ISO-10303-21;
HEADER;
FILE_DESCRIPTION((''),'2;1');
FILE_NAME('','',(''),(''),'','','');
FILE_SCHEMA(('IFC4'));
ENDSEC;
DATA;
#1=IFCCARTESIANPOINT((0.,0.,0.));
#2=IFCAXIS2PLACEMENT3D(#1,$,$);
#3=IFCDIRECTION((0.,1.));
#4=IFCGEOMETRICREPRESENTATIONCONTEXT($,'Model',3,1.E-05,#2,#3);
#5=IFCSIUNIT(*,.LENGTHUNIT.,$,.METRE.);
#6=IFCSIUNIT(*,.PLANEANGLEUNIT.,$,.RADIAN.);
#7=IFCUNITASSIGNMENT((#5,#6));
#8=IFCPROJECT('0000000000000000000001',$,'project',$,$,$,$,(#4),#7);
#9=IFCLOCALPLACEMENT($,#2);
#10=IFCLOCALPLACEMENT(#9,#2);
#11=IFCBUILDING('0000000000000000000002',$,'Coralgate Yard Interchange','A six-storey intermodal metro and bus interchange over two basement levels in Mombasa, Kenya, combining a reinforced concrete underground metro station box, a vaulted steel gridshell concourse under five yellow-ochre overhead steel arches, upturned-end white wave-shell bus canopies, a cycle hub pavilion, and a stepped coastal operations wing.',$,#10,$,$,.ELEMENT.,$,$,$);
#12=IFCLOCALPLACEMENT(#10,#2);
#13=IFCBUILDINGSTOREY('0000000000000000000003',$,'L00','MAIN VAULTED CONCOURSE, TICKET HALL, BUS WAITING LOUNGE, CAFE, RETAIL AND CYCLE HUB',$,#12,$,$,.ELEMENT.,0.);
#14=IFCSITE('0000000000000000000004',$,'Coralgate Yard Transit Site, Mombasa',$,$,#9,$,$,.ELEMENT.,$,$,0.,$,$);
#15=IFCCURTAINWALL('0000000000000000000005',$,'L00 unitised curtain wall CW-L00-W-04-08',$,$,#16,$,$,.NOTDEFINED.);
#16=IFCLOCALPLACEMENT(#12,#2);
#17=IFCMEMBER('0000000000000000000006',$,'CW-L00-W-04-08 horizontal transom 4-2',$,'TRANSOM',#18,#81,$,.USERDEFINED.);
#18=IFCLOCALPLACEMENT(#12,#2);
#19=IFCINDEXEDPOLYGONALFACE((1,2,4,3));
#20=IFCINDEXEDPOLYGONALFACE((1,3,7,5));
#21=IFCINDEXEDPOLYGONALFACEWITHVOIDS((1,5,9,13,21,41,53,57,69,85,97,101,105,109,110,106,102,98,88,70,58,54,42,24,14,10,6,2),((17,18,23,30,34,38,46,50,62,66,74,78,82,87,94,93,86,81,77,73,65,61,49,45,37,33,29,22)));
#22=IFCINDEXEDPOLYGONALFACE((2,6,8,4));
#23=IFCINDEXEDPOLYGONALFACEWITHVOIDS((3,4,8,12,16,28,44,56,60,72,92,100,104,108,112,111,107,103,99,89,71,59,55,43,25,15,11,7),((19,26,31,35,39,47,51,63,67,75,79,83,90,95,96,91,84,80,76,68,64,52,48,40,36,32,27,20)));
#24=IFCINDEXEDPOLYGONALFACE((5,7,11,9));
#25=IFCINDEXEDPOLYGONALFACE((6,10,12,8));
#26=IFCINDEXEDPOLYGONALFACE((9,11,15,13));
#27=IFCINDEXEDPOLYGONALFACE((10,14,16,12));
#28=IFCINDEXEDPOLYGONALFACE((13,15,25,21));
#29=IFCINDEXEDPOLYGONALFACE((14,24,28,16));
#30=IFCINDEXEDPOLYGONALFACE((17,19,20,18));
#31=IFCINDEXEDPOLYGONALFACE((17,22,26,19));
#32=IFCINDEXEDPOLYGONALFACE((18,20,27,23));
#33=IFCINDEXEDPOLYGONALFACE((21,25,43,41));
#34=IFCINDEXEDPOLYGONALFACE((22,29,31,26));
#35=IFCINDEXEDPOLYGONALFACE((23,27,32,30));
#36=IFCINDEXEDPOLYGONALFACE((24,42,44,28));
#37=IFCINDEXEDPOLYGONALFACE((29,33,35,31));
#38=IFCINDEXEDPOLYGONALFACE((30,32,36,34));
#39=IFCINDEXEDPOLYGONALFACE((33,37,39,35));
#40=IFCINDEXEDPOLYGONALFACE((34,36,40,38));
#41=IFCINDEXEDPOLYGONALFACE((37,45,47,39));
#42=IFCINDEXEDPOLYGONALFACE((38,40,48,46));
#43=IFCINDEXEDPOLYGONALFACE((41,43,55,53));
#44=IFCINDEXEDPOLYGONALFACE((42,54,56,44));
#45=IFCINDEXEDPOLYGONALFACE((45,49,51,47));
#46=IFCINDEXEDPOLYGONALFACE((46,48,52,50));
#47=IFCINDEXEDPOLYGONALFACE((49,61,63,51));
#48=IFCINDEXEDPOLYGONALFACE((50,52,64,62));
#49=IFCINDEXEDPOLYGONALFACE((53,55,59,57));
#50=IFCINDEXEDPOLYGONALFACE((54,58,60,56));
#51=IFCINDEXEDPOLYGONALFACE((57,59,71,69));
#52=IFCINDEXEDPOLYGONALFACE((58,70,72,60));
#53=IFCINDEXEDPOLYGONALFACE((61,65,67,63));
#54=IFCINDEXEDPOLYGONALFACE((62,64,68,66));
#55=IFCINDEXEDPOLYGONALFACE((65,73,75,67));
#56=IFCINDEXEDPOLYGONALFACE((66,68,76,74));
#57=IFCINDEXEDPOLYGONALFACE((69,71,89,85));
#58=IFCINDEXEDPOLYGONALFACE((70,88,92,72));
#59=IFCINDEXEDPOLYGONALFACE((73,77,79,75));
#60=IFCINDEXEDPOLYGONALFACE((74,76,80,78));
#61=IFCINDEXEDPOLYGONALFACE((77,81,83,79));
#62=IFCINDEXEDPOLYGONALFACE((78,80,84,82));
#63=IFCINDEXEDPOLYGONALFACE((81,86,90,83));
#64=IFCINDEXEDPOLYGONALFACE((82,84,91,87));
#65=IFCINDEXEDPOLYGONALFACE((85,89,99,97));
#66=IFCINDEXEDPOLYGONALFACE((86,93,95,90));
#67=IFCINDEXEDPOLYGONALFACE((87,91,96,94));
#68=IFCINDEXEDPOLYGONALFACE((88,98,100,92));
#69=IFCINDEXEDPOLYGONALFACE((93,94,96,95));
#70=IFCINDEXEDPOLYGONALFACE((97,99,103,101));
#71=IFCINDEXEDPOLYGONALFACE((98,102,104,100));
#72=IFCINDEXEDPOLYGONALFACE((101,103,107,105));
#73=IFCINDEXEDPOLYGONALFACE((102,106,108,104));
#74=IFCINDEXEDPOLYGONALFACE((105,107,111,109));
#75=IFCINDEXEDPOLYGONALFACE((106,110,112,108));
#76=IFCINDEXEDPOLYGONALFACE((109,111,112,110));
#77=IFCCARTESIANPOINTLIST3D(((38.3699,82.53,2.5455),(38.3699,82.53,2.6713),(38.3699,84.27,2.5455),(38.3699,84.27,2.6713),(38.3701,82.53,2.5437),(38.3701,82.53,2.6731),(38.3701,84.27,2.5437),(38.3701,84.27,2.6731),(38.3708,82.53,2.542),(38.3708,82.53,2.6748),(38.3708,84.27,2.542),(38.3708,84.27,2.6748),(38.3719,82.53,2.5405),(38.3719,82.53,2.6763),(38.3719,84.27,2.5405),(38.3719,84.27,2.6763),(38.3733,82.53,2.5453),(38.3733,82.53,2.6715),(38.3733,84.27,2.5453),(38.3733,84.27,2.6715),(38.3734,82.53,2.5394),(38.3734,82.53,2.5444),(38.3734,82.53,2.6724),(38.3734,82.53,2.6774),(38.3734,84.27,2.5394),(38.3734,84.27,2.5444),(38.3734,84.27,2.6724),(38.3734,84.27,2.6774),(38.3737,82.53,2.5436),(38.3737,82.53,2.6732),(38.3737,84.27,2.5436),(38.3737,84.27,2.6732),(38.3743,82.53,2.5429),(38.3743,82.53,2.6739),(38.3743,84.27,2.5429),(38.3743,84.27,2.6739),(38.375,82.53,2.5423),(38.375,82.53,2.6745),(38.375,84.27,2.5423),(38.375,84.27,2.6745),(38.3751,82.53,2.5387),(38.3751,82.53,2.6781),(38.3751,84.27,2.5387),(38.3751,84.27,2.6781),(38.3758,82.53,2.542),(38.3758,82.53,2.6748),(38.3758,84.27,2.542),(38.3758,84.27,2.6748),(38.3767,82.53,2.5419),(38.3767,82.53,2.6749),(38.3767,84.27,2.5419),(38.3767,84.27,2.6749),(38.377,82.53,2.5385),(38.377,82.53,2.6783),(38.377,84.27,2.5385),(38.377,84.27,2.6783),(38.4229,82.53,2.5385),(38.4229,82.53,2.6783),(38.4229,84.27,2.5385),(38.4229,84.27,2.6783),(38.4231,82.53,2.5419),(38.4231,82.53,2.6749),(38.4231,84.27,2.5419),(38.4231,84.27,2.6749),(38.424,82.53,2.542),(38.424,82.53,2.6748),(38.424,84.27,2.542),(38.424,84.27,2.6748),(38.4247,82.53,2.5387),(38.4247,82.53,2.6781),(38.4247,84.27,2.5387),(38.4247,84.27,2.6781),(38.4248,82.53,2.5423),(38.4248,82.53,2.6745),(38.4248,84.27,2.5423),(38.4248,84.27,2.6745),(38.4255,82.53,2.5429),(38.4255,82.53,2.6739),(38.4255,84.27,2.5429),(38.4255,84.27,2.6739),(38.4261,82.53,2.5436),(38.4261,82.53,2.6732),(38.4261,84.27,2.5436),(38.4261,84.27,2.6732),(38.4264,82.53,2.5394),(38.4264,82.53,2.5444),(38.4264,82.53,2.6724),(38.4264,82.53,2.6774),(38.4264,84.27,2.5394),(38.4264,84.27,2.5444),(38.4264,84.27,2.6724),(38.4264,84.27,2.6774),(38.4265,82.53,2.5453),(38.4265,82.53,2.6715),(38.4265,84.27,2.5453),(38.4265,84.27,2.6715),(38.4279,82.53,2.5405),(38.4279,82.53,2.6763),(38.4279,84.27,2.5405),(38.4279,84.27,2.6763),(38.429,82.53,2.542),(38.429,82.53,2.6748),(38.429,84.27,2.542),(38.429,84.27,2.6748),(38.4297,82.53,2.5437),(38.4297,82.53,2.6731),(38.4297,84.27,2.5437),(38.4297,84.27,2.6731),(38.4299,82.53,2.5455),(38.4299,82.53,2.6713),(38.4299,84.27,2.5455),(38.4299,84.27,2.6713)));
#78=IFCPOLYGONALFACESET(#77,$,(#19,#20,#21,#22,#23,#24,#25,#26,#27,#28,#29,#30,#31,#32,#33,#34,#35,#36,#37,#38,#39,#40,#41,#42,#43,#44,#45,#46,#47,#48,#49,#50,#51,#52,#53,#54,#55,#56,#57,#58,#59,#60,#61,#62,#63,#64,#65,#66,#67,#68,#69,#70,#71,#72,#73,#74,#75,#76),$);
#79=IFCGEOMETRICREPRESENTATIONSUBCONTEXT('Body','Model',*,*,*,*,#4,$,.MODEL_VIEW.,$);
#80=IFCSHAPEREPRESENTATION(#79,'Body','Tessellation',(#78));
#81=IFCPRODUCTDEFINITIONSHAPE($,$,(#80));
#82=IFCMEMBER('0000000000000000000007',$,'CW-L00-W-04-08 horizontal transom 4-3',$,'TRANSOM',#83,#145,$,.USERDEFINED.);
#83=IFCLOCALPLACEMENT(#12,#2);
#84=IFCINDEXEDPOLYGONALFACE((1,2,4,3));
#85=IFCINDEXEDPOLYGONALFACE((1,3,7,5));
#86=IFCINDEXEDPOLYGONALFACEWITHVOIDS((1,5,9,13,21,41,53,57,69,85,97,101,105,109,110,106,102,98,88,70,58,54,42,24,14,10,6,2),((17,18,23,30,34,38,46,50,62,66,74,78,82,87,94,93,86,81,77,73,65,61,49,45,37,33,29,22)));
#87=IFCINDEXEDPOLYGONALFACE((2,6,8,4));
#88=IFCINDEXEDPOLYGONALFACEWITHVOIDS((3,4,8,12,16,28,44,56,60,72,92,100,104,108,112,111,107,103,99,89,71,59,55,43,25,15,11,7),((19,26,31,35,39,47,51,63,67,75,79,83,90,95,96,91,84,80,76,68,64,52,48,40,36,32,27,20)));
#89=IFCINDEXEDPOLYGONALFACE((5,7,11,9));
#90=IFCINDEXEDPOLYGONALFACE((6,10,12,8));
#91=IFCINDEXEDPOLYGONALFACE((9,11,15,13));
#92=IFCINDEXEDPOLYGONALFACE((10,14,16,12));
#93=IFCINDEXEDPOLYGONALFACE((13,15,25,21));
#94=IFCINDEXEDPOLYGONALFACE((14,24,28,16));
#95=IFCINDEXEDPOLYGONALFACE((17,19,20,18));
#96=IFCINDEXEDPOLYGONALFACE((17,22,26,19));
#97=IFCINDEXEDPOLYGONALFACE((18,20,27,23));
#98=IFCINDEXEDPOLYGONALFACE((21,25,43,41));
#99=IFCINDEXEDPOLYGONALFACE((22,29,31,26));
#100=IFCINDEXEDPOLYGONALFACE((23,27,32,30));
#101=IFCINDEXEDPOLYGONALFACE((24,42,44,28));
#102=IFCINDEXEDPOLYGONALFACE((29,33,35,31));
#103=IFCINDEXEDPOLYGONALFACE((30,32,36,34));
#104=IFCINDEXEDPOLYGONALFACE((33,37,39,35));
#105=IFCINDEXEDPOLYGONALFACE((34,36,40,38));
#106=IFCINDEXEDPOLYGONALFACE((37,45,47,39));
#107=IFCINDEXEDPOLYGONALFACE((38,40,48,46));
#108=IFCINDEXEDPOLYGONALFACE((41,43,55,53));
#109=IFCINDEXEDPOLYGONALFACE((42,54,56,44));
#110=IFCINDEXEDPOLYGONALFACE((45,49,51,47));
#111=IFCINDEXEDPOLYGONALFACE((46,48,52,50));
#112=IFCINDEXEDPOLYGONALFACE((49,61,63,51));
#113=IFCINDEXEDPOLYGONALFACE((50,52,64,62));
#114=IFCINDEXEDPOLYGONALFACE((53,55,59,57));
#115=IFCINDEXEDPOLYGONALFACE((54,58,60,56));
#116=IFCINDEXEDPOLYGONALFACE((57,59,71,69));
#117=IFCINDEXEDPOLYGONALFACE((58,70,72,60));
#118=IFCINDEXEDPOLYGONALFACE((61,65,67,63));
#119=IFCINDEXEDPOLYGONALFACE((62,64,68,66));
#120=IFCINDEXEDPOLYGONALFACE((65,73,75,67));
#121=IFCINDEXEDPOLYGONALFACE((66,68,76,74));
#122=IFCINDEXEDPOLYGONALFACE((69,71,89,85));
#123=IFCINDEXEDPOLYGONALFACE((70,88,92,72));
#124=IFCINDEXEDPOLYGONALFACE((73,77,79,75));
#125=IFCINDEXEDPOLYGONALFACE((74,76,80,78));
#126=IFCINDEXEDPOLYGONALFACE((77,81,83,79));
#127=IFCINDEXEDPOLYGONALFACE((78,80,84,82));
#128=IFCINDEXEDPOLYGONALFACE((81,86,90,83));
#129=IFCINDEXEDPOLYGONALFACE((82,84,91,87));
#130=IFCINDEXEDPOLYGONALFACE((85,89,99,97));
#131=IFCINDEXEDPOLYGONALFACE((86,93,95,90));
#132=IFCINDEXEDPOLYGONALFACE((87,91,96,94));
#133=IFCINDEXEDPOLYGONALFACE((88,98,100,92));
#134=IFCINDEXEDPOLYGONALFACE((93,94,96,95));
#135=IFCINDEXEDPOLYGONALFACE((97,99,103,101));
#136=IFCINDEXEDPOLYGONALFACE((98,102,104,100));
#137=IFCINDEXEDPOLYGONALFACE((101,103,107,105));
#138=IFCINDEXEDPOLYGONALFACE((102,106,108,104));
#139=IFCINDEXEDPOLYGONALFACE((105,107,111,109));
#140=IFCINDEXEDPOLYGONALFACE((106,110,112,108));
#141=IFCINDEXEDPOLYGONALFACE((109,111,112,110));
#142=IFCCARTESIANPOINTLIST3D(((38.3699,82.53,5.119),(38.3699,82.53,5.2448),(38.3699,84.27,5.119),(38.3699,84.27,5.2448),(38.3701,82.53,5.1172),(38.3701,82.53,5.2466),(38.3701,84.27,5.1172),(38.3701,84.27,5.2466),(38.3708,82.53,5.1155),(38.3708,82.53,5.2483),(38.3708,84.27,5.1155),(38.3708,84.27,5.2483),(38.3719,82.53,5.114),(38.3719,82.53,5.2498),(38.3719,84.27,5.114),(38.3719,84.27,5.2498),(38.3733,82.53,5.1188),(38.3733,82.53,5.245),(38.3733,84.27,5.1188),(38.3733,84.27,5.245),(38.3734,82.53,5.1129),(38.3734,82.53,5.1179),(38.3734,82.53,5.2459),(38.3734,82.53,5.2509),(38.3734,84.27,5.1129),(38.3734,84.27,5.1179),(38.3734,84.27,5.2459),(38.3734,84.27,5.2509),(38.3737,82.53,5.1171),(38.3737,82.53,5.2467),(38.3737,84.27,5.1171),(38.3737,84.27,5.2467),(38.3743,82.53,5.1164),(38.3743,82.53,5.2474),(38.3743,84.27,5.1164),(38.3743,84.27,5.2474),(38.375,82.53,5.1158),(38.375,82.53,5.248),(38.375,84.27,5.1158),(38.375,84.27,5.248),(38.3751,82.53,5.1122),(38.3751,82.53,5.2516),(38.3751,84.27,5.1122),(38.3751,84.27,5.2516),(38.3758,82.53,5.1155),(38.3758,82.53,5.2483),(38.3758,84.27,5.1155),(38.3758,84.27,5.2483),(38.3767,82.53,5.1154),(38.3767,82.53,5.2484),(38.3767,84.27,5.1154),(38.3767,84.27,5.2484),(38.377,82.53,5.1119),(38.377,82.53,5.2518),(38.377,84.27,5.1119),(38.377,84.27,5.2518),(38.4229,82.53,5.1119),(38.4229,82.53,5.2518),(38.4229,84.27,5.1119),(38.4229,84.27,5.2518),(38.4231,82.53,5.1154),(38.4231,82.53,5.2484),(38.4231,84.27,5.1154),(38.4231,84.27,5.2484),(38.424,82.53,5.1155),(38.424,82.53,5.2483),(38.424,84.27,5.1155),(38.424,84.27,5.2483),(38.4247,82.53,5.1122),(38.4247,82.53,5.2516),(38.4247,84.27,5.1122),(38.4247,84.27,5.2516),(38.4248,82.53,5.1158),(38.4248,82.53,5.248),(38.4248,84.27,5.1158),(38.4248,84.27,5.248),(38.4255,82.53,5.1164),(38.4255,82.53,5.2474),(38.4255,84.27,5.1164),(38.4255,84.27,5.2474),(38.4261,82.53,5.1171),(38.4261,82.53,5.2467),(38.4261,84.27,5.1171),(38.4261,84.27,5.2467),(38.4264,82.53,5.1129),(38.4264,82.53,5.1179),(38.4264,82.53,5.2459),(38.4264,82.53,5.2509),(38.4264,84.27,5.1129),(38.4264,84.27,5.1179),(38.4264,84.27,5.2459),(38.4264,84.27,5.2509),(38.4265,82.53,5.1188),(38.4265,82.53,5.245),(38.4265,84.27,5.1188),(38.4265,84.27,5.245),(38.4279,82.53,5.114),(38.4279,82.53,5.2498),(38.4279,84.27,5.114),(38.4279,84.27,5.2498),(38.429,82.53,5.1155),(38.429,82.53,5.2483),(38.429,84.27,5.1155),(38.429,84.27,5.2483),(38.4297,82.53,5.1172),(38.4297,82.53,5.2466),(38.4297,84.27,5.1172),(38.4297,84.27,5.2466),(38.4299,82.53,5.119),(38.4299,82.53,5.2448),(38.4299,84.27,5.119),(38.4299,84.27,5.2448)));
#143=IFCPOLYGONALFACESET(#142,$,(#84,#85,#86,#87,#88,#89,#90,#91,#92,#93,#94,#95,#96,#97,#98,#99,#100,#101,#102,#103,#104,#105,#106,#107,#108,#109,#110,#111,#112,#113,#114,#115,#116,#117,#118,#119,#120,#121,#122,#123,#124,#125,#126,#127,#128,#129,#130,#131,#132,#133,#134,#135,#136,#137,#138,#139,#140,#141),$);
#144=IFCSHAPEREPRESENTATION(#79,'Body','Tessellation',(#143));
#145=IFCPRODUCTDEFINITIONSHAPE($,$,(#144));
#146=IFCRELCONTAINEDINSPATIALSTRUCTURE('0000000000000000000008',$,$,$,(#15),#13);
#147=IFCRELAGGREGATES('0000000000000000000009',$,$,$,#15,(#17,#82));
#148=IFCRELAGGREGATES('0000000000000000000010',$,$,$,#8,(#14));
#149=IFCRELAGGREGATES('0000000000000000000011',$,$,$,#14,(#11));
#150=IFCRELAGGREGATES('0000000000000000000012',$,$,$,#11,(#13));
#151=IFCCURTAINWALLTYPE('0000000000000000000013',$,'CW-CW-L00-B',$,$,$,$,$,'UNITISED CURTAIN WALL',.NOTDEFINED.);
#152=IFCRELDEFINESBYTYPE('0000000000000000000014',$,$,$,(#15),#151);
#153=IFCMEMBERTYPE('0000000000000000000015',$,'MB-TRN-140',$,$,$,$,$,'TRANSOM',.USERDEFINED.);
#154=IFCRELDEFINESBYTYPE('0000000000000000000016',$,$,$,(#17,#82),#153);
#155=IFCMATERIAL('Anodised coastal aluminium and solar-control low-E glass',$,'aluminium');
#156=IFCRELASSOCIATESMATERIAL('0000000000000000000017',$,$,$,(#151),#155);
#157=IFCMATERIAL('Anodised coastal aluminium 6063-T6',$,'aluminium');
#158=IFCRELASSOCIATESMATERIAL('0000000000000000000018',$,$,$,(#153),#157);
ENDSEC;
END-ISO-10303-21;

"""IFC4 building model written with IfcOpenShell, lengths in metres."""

from ifc_helpers import new_model, si_unit, direction, frame, origin, origin_2d, place, context, subcontext, project, spatial, hollow_rectangle, extrude, material, material_profile, profile_set, type_object, element, aggregate, save


model = new_model("IFC4")

# Units and contexts
model_context = context("Model", 3, precision=1e-05, world=origin(), true_north=direction((0.0, 1.0)))
body_context = subcontext(model_context, "Body", "Model", "MODEL_VIEW")
ifc_project = project(units=[si_unit("LENGTHUNIT", "METRE"), si_unit("PLANEANGLEUNIT", "RADIAN")], contexts=[model_context])

# Site, building, storey
site_placement = place(None, origin())
site = spatial("IfcSite", under=ifc_project, at=site_placement, Name="Coralgate Yard Transit Site, Mombasa", CompositionType="ELEMENT", RefElevation=0.0)
building_placement = place(site_placement, origin())
building = spatial("IfcBuilding", under=site, at=building_placement, Name="Coralgate Yard Interchange", Description="A six-storey intermodal metro and bus interchange over two basement levels in Mombasa, Kenya, combining a reinforced concrete underground metro station box, a vaulted steel gridshell concourse under five yellow-ochre overhead steel arches, upturned-end white wave-shell bus canopies, a cycle hub pavilion, and a stepped coastal operations wing.", CompositionType="ELEMENT")
storey_placement = place(building_placement, origin())
storey = spatial("IfcBuildingStorey", under=building, at=storey_placement, Name="L00", Description="MAIN VAULTED CONCOURSE, TICKET HALL, BUS WAITING LOUNGE, CAFE, RETAIL AND CYCLE HUB", CompositionType="ELEMENT", Elevation=0.0)

# Curtain wall
ifc_material_1 = material(Name="Anodised coastal aluminium and solar-control low-E glass", Category="aluminium")
curtain_wall_type_1 = type_object("IfcCurtainWallType", Name="CW-CW-L00-B", ElementType="UNITISED CURTAIN WALL", PredefinedType="NOTDEFINED", material=ifc_material_1)
curtain_wall_1_placement = place(storey_placement, origin())
curtain_wall_1 = element("IfcCurtainWall", 1, at=curtain_wall_1_placement, inside=storey, type_object=curtain_wall_type_1, Name="L00 unitised curtain wall CW-L00-W-04-08", PredefinedType="NOTDEFINED")
ifc_material_2 = material(Name="Anodised coastal aluminium 6063-T6", Category="aluminium")

# Members
ifc_material_profile_1 = material_profile(ifc_material_2, hollow_rectangle(XDim=0.0601, YDim=0.1399, WallThickness=0.0034, InnerFilletRadius=0.0034, OuterFilletRadius=0.0071, at=origin_2d()), Name="ALU 60x140x3.5")
ifc_profile_set_1 = profile_set([ifc_material_profile_1], Name="Anodised coastal aluminium 6063-T6")
member_type_1 = type_object("IfcMemberType", Name="MB-TRN-140", ElementType="TRANSOM", PredefinedType="USERDEFINED", material=ifc_profile_set_1)
member_1_placement = place(storey_placement, frame((38.3999, 82.53, 2.6084), z_axis=(0.0, 1.0, 0.0), x_axis=(-1.0, 0.0, 0.0)))
member_1 = element("IfcMember", 2, at=member_1_placement, type_object=member_type_1, Name="CW-L00-W-04-08 horizontal transom 4-2", ObjectType="TRANSOM", PredefinedType="USERDEFINED", context=body_context, shape_type="SweptSolid", body=[
    extrude(hollow_rectangle(XDim=0.0601, YDim=0.1399, WallThickness=0.0034, InnerFilletRadius=0.0034, OuterFilletRadius=0.0071, at=origin_2d()), origin(), (0.0, 0.0, 1.0), 1.74),
])
member_2_placement = place(storey_placement, frame((38.3999, 82.53, 5.1819), z_axis=(0.0, 1.0, 0.0), x_axis=(-1.0, 0.0, 0.0)))
member_2 = element("IfcMember", 3, at=member_2_placement, type_object=member_type_1, Name="CW-L00-W-04-08 horizontal transom 4-3", ObjectType="TRANSOM", PredefinedType="USERDEFINED", context=body_context, shape_type="SweptSolid", body=[
    extrude(hollow_rectangle(XDim=0.0601, YDim=0.1399, WallThickness=0.0034, InnerFilletRadius=0.0034, OuterFilletRadius=0.0071, at=origin_2d()), origin(), (0.0, 0.0, 1.0), 1.74),
])

aggregate(curtain_wall_1, [member_1, member_2])

save(model, "model.ifc")
